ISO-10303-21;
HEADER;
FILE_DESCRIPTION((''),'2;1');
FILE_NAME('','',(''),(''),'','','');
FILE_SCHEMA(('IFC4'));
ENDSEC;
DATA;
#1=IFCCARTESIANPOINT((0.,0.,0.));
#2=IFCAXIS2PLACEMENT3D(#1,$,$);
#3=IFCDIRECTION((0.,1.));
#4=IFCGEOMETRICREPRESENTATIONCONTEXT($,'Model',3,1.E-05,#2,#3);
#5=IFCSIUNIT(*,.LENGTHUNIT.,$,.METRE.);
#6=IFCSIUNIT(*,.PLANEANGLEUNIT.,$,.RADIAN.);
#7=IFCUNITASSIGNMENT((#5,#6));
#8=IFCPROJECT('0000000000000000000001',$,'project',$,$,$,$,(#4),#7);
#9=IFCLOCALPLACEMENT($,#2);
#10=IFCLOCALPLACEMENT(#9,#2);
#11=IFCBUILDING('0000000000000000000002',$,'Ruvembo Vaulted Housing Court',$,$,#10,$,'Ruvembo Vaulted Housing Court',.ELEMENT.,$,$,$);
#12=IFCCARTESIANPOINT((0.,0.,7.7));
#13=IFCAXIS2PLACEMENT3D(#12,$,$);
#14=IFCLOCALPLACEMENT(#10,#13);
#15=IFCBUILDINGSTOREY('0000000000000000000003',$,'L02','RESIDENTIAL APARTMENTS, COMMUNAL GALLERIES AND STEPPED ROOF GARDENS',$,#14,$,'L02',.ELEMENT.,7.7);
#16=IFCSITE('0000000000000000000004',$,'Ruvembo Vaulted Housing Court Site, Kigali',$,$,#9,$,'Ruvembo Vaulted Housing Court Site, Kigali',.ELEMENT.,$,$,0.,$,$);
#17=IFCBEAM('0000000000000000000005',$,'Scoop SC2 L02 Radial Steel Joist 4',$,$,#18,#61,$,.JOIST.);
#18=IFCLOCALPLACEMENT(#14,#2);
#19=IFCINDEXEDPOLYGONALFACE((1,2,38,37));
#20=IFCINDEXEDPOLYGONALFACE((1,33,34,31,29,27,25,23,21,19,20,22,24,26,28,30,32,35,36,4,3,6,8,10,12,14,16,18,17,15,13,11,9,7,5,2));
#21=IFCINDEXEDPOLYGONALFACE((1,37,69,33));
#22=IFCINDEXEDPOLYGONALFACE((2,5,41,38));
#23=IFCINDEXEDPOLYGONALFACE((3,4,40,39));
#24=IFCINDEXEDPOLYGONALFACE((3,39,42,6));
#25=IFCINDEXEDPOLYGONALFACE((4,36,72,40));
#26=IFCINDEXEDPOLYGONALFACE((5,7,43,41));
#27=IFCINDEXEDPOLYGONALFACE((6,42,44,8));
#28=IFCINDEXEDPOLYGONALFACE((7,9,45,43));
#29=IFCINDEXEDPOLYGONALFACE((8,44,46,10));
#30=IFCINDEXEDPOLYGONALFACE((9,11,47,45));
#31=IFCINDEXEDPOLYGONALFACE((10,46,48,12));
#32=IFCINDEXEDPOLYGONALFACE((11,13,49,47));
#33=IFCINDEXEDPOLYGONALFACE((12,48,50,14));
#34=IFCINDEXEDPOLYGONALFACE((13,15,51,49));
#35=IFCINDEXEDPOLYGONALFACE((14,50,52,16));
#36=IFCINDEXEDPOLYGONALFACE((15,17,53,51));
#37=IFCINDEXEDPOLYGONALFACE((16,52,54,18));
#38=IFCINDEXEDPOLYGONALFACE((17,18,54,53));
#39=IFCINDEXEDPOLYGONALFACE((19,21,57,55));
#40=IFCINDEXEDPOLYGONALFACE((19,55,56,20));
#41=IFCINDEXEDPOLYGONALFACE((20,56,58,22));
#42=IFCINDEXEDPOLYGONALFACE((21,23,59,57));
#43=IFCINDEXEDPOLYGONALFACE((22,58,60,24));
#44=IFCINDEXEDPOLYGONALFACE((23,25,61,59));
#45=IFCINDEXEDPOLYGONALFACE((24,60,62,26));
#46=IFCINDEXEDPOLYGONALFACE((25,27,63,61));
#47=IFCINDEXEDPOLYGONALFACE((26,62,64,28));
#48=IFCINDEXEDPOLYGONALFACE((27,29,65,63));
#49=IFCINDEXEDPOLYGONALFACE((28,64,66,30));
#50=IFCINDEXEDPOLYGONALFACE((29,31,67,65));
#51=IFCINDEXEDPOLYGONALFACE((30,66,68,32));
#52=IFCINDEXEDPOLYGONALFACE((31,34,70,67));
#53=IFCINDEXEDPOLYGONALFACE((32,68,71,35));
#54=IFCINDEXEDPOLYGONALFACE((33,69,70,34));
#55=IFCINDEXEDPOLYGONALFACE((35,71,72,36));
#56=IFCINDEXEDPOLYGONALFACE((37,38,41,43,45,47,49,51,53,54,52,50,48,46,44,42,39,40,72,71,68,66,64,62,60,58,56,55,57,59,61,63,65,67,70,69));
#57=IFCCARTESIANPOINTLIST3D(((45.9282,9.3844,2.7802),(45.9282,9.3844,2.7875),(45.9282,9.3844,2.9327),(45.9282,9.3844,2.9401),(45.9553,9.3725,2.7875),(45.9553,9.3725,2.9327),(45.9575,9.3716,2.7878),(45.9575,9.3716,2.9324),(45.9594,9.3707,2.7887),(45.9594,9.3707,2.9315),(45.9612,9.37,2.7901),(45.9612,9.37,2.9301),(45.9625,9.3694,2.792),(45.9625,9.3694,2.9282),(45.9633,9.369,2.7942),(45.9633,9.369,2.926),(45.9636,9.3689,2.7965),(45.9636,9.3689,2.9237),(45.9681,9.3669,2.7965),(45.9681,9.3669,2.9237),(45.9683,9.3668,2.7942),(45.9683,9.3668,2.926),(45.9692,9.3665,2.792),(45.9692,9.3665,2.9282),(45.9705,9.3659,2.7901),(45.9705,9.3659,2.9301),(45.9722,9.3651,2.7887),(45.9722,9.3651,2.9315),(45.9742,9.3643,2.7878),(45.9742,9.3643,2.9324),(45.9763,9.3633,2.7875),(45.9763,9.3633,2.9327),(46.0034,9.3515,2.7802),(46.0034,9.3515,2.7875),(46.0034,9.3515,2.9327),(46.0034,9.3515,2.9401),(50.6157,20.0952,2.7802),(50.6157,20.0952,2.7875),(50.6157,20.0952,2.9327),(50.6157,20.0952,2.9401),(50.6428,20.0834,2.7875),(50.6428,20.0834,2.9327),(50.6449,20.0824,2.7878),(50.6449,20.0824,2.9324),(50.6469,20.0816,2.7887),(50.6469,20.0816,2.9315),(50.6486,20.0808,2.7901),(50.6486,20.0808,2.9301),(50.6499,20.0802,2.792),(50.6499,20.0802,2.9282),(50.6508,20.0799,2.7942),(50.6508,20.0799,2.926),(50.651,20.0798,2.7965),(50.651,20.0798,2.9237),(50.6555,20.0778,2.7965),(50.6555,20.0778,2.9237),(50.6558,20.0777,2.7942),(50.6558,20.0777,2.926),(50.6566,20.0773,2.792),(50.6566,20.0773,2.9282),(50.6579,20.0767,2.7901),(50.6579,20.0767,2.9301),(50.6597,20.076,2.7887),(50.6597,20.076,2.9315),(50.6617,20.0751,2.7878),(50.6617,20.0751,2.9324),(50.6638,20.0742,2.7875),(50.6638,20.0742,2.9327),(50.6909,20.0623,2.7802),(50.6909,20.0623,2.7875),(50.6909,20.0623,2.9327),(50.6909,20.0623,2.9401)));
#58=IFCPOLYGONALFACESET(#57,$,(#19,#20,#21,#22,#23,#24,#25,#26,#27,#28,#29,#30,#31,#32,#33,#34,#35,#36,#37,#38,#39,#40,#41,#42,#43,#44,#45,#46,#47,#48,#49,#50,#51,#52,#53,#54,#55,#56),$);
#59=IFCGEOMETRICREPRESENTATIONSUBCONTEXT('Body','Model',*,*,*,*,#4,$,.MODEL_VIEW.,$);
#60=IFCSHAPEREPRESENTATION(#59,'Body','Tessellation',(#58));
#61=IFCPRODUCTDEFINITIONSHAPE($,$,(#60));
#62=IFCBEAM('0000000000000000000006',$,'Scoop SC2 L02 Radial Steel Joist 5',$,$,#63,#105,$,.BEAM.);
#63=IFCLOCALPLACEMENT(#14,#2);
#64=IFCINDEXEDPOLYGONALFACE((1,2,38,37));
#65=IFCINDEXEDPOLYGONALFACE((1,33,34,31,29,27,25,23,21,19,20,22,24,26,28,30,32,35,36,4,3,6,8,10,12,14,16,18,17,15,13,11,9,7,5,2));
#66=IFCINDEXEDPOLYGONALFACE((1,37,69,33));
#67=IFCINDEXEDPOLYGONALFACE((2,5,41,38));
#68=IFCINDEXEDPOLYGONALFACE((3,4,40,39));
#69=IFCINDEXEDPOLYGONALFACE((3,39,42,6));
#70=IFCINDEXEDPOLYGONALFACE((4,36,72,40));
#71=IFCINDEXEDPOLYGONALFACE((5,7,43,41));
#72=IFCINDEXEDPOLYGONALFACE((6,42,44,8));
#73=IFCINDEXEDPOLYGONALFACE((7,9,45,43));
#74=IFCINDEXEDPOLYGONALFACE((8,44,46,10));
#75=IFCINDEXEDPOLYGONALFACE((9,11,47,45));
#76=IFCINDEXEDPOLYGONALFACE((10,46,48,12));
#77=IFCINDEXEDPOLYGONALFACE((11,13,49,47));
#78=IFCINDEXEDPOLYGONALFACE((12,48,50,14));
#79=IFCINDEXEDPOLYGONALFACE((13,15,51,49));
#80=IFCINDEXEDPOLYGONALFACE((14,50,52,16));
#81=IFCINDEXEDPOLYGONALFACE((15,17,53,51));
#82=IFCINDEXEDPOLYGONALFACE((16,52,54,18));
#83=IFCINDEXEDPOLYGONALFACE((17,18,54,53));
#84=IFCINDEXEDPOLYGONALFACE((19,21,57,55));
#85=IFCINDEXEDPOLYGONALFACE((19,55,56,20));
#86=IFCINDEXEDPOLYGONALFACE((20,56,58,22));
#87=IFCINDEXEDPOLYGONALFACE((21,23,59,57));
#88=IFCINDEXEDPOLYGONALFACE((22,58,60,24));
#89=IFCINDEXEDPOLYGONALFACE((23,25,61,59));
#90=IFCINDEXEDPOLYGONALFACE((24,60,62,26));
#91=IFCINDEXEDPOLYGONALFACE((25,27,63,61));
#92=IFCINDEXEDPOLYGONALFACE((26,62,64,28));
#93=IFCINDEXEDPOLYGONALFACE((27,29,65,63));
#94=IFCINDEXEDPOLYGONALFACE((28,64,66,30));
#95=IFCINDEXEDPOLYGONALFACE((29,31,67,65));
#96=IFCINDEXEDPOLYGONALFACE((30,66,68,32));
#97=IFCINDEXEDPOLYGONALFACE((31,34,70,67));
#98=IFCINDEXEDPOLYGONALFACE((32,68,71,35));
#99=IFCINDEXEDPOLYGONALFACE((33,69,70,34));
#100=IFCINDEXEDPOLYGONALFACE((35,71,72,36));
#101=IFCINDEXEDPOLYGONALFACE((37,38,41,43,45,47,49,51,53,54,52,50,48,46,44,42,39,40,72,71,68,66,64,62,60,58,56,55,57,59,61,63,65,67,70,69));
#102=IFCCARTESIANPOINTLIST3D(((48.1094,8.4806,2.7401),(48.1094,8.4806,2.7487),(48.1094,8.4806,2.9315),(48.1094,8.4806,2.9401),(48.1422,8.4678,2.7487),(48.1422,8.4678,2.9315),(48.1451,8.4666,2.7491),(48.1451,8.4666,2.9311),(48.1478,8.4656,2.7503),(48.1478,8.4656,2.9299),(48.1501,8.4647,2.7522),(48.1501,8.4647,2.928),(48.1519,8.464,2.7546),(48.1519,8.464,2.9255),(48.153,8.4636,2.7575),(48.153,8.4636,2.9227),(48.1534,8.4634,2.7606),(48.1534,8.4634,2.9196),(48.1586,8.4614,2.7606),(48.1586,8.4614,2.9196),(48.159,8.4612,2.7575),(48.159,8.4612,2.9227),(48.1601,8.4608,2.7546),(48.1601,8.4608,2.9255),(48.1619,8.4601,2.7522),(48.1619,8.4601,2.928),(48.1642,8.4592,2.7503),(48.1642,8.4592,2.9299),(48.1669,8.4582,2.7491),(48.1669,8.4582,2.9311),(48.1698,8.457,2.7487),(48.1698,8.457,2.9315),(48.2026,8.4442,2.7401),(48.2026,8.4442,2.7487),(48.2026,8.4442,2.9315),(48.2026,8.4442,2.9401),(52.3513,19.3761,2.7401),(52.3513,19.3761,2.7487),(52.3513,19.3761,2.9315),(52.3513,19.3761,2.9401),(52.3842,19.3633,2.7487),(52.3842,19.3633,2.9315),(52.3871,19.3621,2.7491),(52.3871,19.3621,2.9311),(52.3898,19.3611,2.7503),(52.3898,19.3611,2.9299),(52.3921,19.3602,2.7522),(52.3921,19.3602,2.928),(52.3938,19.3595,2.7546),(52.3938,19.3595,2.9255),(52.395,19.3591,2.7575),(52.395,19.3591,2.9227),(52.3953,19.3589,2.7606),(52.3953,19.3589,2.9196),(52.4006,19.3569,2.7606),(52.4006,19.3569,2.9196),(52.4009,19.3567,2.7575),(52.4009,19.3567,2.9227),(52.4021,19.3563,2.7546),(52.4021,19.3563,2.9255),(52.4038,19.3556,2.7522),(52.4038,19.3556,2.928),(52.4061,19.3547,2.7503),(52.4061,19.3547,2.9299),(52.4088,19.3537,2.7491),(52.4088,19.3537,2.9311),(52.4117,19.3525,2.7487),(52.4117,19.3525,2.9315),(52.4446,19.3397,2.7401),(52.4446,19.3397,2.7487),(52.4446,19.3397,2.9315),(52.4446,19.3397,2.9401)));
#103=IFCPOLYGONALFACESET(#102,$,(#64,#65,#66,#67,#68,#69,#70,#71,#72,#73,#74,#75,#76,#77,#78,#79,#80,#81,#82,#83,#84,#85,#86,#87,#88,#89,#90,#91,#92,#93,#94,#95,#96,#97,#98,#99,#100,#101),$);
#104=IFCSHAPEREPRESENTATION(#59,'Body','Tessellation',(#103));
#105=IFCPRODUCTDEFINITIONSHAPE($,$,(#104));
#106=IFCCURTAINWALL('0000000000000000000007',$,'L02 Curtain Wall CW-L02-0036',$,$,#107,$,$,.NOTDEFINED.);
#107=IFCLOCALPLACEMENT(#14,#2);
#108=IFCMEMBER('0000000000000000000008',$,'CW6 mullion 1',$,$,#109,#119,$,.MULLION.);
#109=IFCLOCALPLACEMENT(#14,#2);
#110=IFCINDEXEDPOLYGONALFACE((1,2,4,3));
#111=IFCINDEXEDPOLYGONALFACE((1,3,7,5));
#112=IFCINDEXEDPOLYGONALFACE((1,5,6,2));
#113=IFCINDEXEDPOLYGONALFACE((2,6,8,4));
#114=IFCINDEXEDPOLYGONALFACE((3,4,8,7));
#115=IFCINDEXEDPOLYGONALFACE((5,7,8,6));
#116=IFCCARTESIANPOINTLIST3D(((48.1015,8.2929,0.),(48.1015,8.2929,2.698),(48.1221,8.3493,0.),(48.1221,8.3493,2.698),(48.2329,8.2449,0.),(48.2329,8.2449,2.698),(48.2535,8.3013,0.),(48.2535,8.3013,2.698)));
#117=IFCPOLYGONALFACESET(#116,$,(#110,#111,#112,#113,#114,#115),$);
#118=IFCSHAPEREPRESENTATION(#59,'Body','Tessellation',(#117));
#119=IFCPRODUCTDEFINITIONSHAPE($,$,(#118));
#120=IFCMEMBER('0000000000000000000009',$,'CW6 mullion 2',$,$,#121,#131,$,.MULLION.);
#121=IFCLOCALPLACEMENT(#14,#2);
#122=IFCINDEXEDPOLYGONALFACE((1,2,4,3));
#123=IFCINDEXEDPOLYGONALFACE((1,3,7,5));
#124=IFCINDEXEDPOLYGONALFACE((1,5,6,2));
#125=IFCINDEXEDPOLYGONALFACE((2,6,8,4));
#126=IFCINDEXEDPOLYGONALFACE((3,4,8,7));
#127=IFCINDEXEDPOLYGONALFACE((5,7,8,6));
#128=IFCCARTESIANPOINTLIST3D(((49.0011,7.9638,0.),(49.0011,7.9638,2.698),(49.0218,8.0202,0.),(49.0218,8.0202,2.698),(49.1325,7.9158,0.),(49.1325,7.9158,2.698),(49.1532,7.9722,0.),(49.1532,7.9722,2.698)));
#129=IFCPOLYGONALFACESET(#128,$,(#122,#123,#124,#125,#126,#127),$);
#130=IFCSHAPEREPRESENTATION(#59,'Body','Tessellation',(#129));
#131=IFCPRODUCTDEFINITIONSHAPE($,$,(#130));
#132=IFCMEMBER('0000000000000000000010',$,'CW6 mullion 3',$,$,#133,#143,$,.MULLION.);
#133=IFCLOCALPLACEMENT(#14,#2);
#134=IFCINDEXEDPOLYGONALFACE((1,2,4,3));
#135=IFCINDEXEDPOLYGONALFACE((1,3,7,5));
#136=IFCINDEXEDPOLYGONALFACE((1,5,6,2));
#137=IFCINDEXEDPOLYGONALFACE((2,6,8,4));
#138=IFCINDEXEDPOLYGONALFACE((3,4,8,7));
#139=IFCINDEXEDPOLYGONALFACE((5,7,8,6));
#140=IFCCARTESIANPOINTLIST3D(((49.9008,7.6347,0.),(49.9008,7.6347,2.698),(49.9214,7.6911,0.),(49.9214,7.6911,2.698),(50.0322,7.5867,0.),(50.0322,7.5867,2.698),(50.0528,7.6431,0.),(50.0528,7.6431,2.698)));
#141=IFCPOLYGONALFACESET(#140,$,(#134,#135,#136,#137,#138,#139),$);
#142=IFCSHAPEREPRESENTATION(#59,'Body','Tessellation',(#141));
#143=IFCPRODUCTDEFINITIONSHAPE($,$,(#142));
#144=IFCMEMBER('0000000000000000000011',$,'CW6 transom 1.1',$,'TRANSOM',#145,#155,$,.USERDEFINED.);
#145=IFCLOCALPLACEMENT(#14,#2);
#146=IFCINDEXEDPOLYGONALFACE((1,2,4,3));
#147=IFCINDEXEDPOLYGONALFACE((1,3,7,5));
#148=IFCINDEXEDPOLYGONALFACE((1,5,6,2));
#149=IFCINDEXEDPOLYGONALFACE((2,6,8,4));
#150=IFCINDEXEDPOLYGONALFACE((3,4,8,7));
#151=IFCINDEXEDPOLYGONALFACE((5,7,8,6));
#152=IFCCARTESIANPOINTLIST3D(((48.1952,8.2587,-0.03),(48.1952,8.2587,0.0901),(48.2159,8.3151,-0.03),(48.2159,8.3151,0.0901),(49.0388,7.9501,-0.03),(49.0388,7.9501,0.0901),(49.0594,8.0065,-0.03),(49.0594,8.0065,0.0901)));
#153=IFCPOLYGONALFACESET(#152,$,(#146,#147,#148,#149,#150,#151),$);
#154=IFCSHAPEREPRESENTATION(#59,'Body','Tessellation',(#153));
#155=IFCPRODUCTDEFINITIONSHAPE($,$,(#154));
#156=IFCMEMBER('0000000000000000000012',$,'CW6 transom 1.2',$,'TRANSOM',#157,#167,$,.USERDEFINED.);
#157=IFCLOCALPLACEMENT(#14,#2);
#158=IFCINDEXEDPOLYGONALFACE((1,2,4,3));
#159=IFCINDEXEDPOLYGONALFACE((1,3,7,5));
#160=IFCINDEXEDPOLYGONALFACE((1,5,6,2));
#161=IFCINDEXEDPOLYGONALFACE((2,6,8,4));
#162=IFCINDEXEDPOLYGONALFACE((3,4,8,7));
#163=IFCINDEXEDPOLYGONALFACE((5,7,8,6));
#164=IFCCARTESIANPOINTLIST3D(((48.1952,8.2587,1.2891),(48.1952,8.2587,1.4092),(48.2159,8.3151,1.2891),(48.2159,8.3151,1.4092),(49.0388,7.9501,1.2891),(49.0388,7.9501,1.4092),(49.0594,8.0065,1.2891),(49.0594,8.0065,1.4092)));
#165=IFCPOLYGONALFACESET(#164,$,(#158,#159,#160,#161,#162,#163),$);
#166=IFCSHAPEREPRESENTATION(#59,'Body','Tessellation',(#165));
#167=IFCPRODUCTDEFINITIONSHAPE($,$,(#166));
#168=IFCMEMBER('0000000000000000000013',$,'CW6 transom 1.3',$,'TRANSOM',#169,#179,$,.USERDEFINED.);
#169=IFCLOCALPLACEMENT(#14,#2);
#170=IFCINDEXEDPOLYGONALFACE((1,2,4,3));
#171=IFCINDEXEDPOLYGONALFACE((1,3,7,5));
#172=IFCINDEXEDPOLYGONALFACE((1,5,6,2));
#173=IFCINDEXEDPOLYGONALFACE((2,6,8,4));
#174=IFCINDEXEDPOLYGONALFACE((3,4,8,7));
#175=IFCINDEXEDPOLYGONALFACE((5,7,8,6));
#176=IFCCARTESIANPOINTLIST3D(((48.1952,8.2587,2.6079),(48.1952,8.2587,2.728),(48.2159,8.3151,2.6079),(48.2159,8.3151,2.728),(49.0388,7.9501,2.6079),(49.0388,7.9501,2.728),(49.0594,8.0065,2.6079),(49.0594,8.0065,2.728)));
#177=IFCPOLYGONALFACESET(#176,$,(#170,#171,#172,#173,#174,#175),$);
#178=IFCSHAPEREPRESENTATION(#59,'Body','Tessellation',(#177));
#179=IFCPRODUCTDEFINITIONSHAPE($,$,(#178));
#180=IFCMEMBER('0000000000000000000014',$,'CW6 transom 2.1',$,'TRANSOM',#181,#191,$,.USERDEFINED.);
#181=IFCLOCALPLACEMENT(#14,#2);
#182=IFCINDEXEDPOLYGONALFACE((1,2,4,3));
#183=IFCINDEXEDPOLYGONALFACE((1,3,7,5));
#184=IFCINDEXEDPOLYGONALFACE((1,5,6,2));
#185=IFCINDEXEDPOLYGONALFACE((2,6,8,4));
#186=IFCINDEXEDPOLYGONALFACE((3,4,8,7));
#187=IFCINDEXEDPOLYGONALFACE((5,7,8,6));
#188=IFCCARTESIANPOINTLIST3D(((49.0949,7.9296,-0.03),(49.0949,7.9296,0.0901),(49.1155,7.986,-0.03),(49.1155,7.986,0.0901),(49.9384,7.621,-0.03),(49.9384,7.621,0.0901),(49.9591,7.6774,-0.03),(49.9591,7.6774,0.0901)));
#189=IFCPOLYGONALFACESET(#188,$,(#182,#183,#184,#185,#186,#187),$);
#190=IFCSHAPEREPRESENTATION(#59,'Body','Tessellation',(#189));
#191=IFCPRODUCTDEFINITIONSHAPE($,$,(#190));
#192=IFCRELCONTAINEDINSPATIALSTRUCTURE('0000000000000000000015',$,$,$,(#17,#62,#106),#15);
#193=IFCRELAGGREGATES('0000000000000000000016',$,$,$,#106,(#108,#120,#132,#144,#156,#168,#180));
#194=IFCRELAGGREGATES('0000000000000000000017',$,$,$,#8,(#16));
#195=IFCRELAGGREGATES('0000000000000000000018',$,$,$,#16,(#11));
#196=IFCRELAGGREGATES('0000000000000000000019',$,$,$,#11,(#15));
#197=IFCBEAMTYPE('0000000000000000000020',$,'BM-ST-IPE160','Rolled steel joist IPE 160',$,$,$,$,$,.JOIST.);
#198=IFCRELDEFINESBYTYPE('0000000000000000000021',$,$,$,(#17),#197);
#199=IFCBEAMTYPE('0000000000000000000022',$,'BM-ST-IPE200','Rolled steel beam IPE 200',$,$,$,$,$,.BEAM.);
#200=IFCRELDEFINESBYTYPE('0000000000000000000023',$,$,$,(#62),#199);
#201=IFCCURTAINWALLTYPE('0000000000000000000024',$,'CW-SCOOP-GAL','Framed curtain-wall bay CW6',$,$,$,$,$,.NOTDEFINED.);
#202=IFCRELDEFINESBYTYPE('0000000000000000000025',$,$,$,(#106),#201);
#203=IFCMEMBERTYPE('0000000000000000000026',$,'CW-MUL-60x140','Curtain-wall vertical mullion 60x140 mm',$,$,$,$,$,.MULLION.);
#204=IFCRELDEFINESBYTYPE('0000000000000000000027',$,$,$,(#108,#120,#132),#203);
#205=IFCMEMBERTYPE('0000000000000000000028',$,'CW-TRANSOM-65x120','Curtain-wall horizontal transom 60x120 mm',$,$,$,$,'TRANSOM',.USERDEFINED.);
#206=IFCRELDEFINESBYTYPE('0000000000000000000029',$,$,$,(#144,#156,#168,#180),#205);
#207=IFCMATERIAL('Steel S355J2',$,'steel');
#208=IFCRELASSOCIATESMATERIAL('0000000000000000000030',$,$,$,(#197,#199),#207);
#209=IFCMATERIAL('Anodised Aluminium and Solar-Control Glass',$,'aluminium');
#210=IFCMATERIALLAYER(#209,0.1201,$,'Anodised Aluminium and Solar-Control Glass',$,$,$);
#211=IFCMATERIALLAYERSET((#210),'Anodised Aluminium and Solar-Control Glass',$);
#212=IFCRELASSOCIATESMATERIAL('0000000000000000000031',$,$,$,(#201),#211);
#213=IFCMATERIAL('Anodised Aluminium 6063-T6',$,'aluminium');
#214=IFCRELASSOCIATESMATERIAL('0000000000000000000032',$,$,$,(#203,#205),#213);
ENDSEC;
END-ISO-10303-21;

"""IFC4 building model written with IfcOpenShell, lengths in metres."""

from ifc_helpers import new_model, si_unit, direction, frame, origin, origin_2d, place, context, subcontext, project, spatial, rectangle, i_section, extrude, material, layer, layer_set, material_profile, profile_set, type_object, element, aggregate, save


model = new_model("IFC4")

# Units and contexts
model_context = context("Model", 3, precision=1e-05, world=origin(), true_north=direction((0.0, 1.0)))
body_context = subcontext(model_context, "Body", "Model", "MODEL_VIEW")
ifc_project = project(units=[si_unit("LENGTHUNIT", "METRE"), si_unit("PLANEANGLEUNIT", "RADIAN")], contexts=[model_context])

# Site, building, storey
site_placement = place(None, origin())
site = spatial("IfcSite", under=ifc_project, at=site_placement, Name="Ruvembo Vaulted Housing Court Site, Kigali", LongName="Ruvembo Vaulted Housing Court Site, Kigali", CompositionType="ELEMENT", RefElevation=0.0)
building_placement = place(site_placement, origin())
building = spatial("IfcBuilding", under=site, at=building_placement, Name="Ruvembo Vaulted Housing Court", LongName="Ruvembo Vaulted Housing Court", CompositionType="ELEMENT")
storey_placement = place(building_placement, frame((0.0, 0.0, 7.7)))
storey = spatial("IfcBuildingStorey", under=building, at=storey_placement, Name="L02", Description="RESIDENTIAL APARTMENTS, COMMUNAL GALLERIES AND STEPPED ROOF GARDENS", LongName="L02", CompositionType="ELEMENT", Elevation=7.7)

# Beams
ifc_material_1 = material(Name="Steel S355J2", Category="steel")
ifc_material_profile_1 = material_profile(ifc_material_1, i_section(OverallWidth=0.082, OverallDepth=0.1599, WebThickness=0.0049, FlangeThickness=0.0073, FilletRadius=0.009, at=origin_2d()), Name="IPE 160")
ifc_profile_set_1 = profile_set([ifc_material_profile_1], Name="Steel S355J2")
beam_type_1 = type_object("IfcBeamType", Name="BM-ST-IPE160", Description="Rolled steel joist IPE 160", PredefinedType="JOIST", material=ifc_profile_set_1)
beam_1_placement = place(storey_placement, frame((45.9658, 9.3679, 2.8601), z_axis=(0.400924, 0.916111, 0.0), x_axis=(-0.916111, 0.400924, 0.0)))
element("IfcBeam", 1, at=beam_1_placement, inside=storey, type_object=beam_type_1, Name="Scoop SC2 L02 Radial Steel Joist 4", PredefinedType="JOIST", context=body_context, shape_type="SweptSolid", body=[
    extrude(i_section(OverallWidth=0.082, OverallDepth=0.1599, WebThickness=0.0049, FlangeThickness=0.0073, FilletRadius=0.009, at=origin_2d()), origin(), (0.0, 0.0, 1.0), 11.6917),
])
ifc_material_profile_2 = material_profile(ifc_material_1, i_section(OverallWidth=0.1001, OverallDepth=0.2, WebThickness=0.0056, FlangeThickness=0.0085, FilletRadius=0.012, at=origin_2d()), Name="IPE 200")
ifc_profile_set_2 = profile_set([ifc_material_profile_2], Name="Steel S355J2")
beam_type_2 = type_object("IfcBeamType", Name="BM-ST-IPE200", Description="Rolled steel beam IPE 200", PredefinedType="BEAM", material=ifc_profile_set_2)
beam_2_placement = place(storey_placement, frame((48.156, 8.4624, 2.8401), z_axis=(0.362803, 0.931866, 0.0), x_axis=(-0.931866, 0.362803, 0.0)))
element("IfcBeam", 2, at=beam_2_placement, inside=storey, type_object=beam_type_2, Name="Scoop SC2 L02 Radial Steel Joist 5", PredefinedType="BEAM", context=body_context, shape_type="SweptSolid", body=[
    extrude(i_section(OverallWidth=0.1001, OverallDepth=0.2, WebThickness=0.0056, FlangeThickness=0.0085, FilletRadius=0.012, at=origin_2d()), origin(), (0.0, 0.0, 1.0), 11.6921),
])

# Curtain wall, members
ifc_material_2 = material(Name="Anodised Aluminium and Solar-Control Glass", Category="aluminium")
ifc_layer_1 = layer(ifc_material_2, 0.1201, Name="Anodised Aluminium and Solar-Control Glass")
ifc_layer_set_1 = layer_set([ifc_layer_1], Name="Anodised Aluminium and Solar-Control Glass")
curtain_wall_type = type_object("IfcCurtainWallType", Name="CW-SCOOP-GAL", Description="Framed curtain-wall bay CW6", PredefinedType="NOTDEFINED", material=ifc_layer_set_1)
curtain_wall_placement = place(storey_placement, origin())
curtain_wall = element("IfcCurtainWall", 3, at=curtain_wall_placement, inside=storey, type_object=curtain_wall_type, Name="L02 Curtain Wall CW-L02-0036", PredefinedType="NOTDEFINED")
ifc_material_3 = material(Name="Anodised Aluminium 6063-T6", Category="aluminium")
ifc_material_profile_3 = material_profile(ifc_material_3, rectangle(XDim=0.0601, YDim=0.1399, at=origin_2d()), Name="ALU 60x140")
ifc_profile_set_3 = profile_set([ifc_material_profile_3], Name="Anodised Aluminium 6063-T6")
member_type_1 = type_object("IfcMemberType", Name="CW-MUL-60x140", Description="Curtain-wall vertical mullion 60x140 mm", PredefinedType="MULLION", material=ifc_profile_set_3)
member_1_placement = place(storey_placement, frame((48.1775, 8.2971, 0.0), z_axis=(0.0, 0.0, 1.0), x_axis=(0.34353, 0.939142, 0.0)))
member_1 = element("IfcMember", 4, at=member_1_placement, type_object=member_type_1, Name="CW6 mullion 1", PredefinedType="MULLION", context=body_context, shape_type="SweptSolid", body=[
    extrude(rectangle(XDim=0.0601, YDim=0.1399, at=origin_2d()), origin(), (0.0, 0.0, 1.0), 2.698),
])
member_2_placement = place(storey_placement, frame((49.0771, 7.968, 0.0), z_axis=(0.0, 0.0, 1.0), x_axis=(0.34353, 0.939142, 0.0)))
member_2 = element("IfcMember", 5, at=member_2_placement, type_object=member_type_1, Name="CW6 mullion 2", PredefinedType="MULLION", context=body_context, shape_type="SweptSolid", body=[
    extrude(rectangle(XDim=0.0601, YDim=0.1399, at=origin_2d()), origin(), (0.0, 0.0, 1.0), 2.698),
])
member_3_placement = place(storey_placement, frame((49.9768, 7.6389, 0.0), z_axis=(0.0, 0.0, 1.0), x_axis=(0.34353, 0.939142, 0.0)))
member_3 = element("IfcMember", 6, at=member_3_placement, type_object=member_type_1, Name="CW6 mullion 3", PredefinedType="MULLION", context=body_context, shape_type="SweptSolid", body=[
    extrude(rectangle(XDim=0.0601, YDim=0.1399, at=origin_2d()), origin(), (0.0, 0.0, 1.0), 2.698),
])
ifc_material_profile_4 = material_profile(ifc_material_3, rectangle(XDim=0.0601, YDim=0.1201, at=origin_2d()), Name="ALU 60x120")
ifc_profile_set_4 = profile_set([ifc_material_profile_4], Name="Anodised Aluminium 6063-T6")
member_type_2 = type_object("IfcMemberType", Name="CW-TRANSOM-65x120", Description="Curtain-wall horizontal transom 60x120 mm", ElementType="TRANSOM", PredefinedType="USERDEFINED", material=ifc_profile_set_4)
member_4_placement = place(storey_placement, frame((48.2056, 8.2869, 0.03), z_axis=(0.939125, -0.343576, 0.0), x_axis=(0.343576, 0.939125, 0.0)))
member_4 = element("IfcMember", 7, at=member_4_placement, type_object=member_type_2, Name="CW6 transom 1.1", ObjectType="TRANSOM", PredefinedType="USERDEFINED", context=body_context, shape_type="SweptSolid", body=[
    extrude(rectangle(XDim=0.0601, YDim=0.1201, at=origin_2d()), origin(), (0.0, 0.0, 1.0), 0.8982),
])
member_5_placement = place(storey_placement, frame((48.2056, 8.2869, 1.3491), z_axis=(0.939125, -0.343576, 0.0), x_axis=(0.343576, 0.939125, 0.0)))
member_5 = element("IfcMember", 8, at=member_5_placement, type_object=member_type_2, Name="CW6 transom 1.2", ObjectType="TRANSOM", PredefinedType="USERDEFINED", context=body_context, shape_type="SweptSolid", body=[
    extrude(rectangle(XDim=0.0601, YDim=0.1201, at=origin_2d()), origin(), (0.0, 0.0, 1.0), 0.8982),
])
member_6_placement = place(storey_placement, frame((48.2056, 8.2869, 2.668), z_axis=(0.939125, -0.343576, 0.0), x_axis=(0.343576, 0.939125, 0.0)))
member_6 = element("IfcMember", 9, at=member_6_placement, type_object=member_type_2, Name="CW6 transom 1.3", ObjectType="TRANSOM", PredefinedType="USERDEFINED", context=body_context, shape_type="SweptSolid", body=[
    extrude(rectangle(XDim=0.0601, YDim=0.1201, at=origin_2d()), origin(), (0.0, 0.0, 1.0), 0.8982),
])
member_7_placement = place(storey_placement, frame((49.1052, 7.9578, 0.03), z_axis=(0.939125, -0.343576, 0.0), x_axis=(0.343576, 0.939125, 0.0)))
member_7 = element("IfcMember", 10, at=member_7_placement, type_object=member_type_2, Name="CW6 transom 2.1", ObjectType="TRANSOM", PredefinedType="USERDEFINED", context=body_context, shape_type="SweptSolid", body=[
    extrude(rectangle(XDim=0.0601, YDim=0.1201, at=origin_2d()), origin(), (0.0, 0.0, 1.0), 0.8982),
])
aggregate(curtain_wall, [member_1, member_2, member_3, member_4, member_5, member_6, member_7])

save(model, "model.ifc")
